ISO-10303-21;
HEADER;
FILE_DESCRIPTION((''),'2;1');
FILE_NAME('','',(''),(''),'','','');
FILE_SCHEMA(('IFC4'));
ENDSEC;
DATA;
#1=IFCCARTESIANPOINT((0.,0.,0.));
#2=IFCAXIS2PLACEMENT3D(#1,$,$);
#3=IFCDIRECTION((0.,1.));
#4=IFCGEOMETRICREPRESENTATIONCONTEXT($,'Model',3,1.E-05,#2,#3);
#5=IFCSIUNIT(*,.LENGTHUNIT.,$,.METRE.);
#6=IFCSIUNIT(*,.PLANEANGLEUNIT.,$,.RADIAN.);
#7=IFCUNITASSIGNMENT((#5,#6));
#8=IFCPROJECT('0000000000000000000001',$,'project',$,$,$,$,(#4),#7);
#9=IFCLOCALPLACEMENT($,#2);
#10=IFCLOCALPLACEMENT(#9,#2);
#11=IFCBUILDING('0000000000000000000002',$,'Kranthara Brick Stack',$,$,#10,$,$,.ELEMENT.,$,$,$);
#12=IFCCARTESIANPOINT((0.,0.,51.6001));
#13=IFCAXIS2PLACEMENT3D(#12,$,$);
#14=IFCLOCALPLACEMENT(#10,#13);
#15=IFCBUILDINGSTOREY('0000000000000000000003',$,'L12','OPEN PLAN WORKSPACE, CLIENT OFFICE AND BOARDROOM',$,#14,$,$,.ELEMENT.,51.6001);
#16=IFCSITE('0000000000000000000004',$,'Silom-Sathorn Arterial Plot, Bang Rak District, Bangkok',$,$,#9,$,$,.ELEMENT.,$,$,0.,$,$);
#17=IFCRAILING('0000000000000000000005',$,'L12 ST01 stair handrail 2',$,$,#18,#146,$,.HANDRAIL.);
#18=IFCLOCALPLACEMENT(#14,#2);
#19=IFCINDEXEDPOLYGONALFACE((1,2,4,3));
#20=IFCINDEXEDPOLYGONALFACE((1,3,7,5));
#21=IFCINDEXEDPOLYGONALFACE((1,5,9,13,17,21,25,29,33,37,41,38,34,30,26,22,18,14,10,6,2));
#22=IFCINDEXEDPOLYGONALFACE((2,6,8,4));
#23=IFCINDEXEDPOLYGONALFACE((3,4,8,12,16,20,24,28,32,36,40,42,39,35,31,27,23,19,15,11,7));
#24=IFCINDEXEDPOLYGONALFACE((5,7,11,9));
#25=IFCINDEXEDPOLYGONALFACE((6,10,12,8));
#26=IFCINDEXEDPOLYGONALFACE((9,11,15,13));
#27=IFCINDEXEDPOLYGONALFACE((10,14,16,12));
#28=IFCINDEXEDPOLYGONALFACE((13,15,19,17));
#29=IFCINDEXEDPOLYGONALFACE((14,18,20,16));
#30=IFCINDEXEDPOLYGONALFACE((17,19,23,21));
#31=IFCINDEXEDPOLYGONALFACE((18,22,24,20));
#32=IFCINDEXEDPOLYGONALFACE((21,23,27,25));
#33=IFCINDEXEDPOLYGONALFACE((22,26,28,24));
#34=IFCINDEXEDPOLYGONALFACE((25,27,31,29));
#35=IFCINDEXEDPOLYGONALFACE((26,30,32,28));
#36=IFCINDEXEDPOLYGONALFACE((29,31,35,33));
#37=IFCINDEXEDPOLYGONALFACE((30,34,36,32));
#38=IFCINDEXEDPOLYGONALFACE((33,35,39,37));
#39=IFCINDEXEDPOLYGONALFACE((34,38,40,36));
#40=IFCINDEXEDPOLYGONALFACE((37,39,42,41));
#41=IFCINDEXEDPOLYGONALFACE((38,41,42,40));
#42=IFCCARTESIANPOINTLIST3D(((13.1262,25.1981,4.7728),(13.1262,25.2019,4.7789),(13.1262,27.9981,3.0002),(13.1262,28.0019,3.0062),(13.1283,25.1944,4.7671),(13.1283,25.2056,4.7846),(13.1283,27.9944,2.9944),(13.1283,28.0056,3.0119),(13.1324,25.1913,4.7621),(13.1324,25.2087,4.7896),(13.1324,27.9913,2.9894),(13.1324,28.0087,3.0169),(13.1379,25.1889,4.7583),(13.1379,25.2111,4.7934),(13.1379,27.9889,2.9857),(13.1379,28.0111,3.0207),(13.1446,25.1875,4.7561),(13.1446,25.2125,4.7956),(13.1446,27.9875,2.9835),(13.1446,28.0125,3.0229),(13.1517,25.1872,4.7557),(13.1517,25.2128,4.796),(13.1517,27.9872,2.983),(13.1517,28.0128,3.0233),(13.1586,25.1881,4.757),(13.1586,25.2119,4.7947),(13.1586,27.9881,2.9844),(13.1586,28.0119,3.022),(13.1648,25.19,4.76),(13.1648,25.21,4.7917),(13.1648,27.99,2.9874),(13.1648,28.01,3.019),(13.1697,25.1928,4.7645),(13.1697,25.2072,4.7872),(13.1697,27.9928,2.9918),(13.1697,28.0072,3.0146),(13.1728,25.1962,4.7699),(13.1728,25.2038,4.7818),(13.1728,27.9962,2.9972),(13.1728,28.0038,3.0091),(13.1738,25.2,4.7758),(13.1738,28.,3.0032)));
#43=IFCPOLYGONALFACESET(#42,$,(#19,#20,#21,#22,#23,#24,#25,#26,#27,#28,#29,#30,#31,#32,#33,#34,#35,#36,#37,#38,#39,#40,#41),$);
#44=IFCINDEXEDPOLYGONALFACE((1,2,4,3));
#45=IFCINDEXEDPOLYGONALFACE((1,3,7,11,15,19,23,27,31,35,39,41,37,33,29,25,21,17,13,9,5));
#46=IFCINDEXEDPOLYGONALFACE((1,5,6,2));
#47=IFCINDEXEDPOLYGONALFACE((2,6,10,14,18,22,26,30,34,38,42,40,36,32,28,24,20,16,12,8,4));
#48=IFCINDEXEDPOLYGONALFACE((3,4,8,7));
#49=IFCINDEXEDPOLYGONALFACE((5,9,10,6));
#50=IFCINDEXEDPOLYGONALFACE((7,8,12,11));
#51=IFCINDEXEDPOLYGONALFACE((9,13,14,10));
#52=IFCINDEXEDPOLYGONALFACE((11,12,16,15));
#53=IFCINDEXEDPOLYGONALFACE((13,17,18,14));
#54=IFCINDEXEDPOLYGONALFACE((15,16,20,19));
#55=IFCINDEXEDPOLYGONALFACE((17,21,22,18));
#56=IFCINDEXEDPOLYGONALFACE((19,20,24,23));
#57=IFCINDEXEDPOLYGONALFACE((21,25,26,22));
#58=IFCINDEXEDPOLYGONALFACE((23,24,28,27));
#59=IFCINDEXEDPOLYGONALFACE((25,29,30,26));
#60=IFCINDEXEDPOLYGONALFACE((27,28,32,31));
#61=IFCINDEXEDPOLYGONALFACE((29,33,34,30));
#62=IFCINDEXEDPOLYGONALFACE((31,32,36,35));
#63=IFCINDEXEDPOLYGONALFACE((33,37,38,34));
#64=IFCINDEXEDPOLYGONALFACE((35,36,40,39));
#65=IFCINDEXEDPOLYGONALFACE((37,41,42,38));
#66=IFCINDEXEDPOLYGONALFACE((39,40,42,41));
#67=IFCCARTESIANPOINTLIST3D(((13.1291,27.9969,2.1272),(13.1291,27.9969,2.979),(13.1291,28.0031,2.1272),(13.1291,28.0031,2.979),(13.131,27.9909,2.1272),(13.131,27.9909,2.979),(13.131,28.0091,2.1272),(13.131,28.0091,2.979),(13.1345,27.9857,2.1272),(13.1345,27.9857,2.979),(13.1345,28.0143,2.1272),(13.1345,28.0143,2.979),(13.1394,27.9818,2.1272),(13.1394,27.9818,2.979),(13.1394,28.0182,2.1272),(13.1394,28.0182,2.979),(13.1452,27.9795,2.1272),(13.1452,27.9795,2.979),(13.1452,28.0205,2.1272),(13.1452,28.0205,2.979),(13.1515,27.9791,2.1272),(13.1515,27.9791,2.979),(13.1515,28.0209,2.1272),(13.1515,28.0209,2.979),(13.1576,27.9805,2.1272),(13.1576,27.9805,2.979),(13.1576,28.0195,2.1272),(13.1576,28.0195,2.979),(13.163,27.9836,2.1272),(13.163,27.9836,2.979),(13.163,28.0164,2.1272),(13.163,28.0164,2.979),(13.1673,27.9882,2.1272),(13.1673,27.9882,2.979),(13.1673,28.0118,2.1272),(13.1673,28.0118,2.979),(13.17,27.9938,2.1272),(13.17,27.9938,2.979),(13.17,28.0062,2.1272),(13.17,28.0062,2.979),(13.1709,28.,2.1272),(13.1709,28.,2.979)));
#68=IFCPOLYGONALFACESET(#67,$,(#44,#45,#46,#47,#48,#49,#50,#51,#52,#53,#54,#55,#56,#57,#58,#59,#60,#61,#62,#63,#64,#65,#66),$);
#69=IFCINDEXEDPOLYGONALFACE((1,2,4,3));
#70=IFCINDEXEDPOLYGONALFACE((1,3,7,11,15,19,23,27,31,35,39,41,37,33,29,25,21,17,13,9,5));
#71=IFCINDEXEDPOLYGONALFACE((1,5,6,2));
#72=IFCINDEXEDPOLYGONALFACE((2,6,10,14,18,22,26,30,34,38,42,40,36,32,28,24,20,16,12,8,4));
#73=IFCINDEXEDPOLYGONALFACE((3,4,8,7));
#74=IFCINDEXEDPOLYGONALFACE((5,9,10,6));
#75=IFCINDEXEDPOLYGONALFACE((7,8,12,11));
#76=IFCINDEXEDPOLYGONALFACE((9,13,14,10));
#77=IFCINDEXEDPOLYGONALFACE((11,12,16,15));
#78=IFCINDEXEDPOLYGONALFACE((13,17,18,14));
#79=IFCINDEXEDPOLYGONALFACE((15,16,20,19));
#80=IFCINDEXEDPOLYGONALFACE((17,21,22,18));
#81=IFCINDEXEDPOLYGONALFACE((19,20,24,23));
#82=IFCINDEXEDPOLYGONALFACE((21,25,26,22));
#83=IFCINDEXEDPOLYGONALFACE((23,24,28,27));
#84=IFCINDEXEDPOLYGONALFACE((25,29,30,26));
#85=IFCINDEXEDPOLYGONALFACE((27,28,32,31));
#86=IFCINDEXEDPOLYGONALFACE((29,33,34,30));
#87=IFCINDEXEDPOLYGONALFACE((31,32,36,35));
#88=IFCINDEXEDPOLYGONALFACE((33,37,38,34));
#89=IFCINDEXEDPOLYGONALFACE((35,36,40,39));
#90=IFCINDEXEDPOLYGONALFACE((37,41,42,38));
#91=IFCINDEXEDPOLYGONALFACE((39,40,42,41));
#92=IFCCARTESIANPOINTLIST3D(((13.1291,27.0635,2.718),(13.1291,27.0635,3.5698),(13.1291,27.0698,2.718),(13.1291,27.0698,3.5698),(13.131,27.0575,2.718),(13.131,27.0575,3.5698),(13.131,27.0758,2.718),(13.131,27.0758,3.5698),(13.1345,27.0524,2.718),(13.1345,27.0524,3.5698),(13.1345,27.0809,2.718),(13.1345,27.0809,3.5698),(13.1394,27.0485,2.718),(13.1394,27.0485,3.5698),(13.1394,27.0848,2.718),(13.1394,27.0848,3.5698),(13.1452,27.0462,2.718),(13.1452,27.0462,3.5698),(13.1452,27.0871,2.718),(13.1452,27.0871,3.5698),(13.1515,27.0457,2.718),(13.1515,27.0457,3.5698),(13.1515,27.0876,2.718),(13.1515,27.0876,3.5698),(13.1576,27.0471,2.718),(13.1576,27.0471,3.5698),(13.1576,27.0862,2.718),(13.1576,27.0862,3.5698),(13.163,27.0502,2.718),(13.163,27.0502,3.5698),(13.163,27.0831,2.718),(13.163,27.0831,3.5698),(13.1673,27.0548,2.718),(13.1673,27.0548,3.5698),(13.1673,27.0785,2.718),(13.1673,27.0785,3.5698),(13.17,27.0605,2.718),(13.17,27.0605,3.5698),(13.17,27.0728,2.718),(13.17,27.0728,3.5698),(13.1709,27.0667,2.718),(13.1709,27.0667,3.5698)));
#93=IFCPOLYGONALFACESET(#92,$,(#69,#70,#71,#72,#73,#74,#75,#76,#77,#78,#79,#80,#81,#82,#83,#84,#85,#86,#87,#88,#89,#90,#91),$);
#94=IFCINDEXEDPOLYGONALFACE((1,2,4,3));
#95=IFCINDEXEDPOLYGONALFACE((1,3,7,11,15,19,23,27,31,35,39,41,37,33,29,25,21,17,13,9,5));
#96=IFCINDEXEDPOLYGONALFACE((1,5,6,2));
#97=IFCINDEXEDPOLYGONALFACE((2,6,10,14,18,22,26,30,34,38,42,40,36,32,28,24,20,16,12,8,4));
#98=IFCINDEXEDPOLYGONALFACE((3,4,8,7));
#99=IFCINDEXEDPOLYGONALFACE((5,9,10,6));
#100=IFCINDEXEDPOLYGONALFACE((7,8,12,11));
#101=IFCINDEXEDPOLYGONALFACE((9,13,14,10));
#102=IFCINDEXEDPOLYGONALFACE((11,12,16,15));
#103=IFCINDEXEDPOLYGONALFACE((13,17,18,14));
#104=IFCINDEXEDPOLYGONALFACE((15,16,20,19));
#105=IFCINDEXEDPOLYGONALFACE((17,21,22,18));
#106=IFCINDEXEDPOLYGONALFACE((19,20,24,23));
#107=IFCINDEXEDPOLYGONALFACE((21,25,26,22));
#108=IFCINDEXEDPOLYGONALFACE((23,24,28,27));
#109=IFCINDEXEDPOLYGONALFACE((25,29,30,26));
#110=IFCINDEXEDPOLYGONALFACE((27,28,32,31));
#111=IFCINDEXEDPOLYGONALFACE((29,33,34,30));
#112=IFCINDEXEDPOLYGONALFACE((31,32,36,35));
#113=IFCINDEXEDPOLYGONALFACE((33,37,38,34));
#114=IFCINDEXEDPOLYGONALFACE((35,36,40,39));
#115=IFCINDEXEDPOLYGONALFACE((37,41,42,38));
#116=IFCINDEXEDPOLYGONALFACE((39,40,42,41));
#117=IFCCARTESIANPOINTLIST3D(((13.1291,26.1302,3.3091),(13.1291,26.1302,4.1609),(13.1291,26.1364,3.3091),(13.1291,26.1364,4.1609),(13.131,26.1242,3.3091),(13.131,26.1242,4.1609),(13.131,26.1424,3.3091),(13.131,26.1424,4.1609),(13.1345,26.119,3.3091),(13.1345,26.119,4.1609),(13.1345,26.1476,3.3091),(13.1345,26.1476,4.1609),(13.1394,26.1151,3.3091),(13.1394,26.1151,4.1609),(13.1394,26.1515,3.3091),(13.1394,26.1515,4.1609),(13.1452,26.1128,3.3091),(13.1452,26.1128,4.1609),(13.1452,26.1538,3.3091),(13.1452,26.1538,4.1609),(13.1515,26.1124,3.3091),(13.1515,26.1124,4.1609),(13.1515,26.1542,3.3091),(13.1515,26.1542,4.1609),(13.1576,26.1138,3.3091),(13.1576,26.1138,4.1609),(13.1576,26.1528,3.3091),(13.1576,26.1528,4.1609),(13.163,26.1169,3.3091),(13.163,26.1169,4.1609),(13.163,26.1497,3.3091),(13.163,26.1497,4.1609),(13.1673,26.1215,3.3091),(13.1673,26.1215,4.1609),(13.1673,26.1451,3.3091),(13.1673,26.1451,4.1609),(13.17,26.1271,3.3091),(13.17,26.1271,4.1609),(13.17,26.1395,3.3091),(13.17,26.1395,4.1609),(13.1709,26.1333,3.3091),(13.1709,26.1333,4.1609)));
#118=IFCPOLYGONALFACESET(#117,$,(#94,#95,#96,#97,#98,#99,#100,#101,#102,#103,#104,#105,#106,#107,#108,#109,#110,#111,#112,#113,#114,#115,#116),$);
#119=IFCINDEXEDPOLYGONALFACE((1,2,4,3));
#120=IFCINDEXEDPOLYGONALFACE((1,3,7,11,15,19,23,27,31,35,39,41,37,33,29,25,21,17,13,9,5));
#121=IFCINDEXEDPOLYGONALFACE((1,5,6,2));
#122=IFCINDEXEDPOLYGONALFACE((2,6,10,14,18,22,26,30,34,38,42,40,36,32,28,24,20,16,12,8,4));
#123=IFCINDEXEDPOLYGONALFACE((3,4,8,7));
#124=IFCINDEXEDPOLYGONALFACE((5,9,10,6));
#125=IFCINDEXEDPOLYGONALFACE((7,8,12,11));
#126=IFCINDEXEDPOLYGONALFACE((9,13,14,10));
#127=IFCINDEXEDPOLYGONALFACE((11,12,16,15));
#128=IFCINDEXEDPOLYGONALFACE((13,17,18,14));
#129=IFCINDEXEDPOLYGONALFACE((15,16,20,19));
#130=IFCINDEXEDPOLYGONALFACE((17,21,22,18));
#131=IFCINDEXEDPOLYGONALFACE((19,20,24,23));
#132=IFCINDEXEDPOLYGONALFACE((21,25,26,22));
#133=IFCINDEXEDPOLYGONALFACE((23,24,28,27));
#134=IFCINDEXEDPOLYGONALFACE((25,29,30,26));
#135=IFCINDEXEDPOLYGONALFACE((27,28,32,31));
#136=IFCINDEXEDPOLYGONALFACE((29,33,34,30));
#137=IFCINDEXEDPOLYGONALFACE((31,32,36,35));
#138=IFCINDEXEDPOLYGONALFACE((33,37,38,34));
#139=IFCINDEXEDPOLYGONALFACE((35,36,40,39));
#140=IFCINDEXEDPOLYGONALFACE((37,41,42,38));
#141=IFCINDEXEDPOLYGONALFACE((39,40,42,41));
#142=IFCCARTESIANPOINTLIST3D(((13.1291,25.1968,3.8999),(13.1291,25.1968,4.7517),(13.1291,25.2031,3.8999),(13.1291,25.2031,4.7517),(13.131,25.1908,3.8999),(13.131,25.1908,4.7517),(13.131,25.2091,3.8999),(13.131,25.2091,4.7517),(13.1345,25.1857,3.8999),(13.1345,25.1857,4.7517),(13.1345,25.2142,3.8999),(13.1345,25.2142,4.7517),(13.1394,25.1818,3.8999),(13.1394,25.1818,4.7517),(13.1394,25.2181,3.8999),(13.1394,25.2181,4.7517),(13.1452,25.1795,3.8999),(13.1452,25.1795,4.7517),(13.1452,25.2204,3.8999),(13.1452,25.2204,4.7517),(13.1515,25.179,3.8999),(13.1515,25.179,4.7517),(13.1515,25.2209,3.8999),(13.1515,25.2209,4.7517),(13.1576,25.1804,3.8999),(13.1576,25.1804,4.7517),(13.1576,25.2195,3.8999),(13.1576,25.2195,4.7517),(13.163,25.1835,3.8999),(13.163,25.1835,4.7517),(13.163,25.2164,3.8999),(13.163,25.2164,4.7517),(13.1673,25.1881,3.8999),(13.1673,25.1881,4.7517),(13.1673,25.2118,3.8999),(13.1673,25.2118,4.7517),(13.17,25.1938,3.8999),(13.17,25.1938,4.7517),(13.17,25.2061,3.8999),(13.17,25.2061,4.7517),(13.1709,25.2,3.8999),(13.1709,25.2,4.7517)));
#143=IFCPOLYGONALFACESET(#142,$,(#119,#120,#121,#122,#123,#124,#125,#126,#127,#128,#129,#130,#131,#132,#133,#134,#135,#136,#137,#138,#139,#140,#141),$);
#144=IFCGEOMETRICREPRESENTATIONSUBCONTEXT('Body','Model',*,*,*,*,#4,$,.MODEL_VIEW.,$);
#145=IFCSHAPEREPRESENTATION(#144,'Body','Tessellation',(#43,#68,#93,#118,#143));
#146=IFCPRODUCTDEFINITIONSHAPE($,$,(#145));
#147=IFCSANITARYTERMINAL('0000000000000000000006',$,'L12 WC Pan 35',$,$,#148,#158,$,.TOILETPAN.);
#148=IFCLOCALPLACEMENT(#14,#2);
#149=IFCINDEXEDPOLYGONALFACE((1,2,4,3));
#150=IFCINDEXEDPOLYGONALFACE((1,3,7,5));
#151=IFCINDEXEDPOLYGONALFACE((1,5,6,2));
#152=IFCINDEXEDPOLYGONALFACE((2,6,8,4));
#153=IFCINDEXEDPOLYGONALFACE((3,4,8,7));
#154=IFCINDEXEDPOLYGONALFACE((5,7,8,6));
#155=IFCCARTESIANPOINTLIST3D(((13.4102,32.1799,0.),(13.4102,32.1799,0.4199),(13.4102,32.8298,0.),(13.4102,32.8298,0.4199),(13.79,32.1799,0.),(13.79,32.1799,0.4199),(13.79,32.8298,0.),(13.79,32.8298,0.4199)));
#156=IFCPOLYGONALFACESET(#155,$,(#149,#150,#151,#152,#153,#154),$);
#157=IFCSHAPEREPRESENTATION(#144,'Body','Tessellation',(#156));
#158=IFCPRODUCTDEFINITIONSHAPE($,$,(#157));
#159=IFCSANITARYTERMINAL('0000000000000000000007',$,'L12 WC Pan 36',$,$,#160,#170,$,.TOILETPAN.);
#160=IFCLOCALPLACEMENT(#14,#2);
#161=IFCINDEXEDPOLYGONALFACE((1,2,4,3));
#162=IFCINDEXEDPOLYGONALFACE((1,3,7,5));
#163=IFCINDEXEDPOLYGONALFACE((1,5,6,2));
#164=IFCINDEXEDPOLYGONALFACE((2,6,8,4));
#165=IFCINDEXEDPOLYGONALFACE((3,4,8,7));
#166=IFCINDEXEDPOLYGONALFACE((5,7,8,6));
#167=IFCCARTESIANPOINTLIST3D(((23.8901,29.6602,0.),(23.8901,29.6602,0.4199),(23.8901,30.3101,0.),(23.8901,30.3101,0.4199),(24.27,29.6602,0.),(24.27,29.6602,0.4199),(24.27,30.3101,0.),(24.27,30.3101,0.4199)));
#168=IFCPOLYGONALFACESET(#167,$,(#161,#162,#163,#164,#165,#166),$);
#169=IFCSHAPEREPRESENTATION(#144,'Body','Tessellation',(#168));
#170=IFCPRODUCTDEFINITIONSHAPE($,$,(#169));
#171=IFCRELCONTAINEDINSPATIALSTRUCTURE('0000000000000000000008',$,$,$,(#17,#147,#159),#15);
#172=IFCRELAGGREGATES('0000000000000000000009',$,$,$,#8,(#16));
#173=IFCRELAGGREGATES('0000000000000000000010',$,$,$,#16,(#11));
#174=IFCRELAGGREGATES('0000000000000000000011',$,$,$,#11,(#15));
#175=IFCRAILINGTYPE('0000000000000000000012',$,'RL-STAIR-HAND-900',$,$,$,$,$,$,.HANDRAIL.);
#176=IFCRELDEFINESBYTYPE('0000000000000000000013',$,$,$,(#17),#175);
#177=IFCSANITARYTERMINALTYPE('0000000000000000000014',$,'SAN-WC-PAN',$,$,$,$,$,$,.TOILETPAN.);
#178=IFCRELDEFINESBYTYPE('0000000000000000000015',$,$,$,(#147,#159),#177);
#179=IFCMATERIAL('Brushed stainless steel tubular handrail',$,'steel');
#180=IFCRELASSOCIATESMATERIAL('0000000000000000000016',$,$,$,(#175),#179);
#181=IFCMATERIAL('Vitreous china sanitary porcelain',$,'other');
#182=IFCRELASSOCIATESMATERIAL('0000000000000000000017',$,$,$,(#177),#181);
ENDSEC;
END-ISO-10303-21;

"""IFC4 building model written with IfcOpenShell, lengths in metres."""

from ifc_helpers import new_model, si_unit, direction, frame, origin, origin_2d, place, context, subcontext, project, spatial, rectangle, circle, extrude, material, type_object, element, save


model = new_model("IFC4")

# Units and contexts
model_context = context("Model", 3, precision=1e-05, world=origin(), true_north=direction((0.0, 1.0)))
body_context = subcontext(model_context, "Body", "Model", "MODEL_VIEW")
ifc_project = project(units=[si_unit("LENGTHUNIT", "METRE"), si_unit("PLANEANGLEUNIT", "RADIAN")], contexts=[model_context])

# Site, building, storey
site_placement = place(None, origin())
site = spatial("IfcSite", under=ifc_project, at=site_placement, Name="Silom-Sathorn Arterial Plot, Bang Rak District, Bangkok", CompositionType="ELEMENT", RefElevation=0.0)
building_placement = place(site_placement, origin())
building = spatial("IfcBuilding", under=site, at=building_placement, Name="Kranthara Brick Stack", CompositionType="ELEMENT")
storey_placement = place(building_placement, frame((0.0, 0.0, 51.6001)))
storey = spatial("IfcBuildingStorey", under=building, at=storey_placement, Name="L12", Description="OPEN PLAN WORKSPACE, CLIENT OFFICE AND BOARDROOM", CompositionType="ELEMENT", Elevation=51.6001)

# Railing
ifc_material_1 = material(Name="Brushed stainless steel tubular handrail", Category="steel")
railing_type_1 = type_object("IfcRailingType", Name="RL-STAIR-HAND-900", PredefinedType="HANDRAIL", material=ifc_material_1)
railing_1_placement = place(storey_placement, frame((13.1499, 28.0, 2.1272)))
element("IfcRailing", 1, at=railing_1_placement, inside=storey, type_object=railing_type_1, Name="L12 ST01 stair handrail 2", PredefinedType="HANDRAIL", context=body_context, shape_type="SweptSolid", body=[
    extrude(circle(Radius=0.0239, at=origin_2d()), frame((0.0, 0.0, 0.876), z_axis=(0.0, -0.844909, 0.53491), x_axis=(1.0, 0.0, 0.0)), (0.0, 0.0, 1.0), 3.314),
    extrude(circle(Radius=0.021, at=origin_2d()), origin(), (0.0, 0.0, 1.0), 0.8518),
    extrude(circle(Radius=0.021, at=origin_2d()), frame((0.0, -0.9333, 0.5908)), (0.0, 0.0, 1.0), 0.8518),
    extrude(circle(Radius=0.021, at=origin_2d()), frame((0.0, -1.8667, 1.1819)), (0.0, 0.0, 1.0), 0.8518),
    extrude(circle(Radius=0.021, at=origin_2d()), frame((0.0, -2.8, 1.7727)), (0.0, 0.0, 1.0), 0.8518),
])

# Sanitary terminals
ifc_material_2 = material(Name="Vitreous china sanitary porcelain", Category="other")
sanitary_terminal_type = type_object("IfcSanitaryTerminalType", Name="SAN-WC-PAN", PredefinedType="TOILETPAN", material=ifc_material_2)
for number, where, z_axis, x_axis, name in (
    (2, (13.6001, 32.5049, 0.0), (0.0, 0.0, 1.0), (1.0, 0.0, 0.0), "L12 WC Pan 35"),
    (3, (24.0801, 29.9851, 0.0), (0.0, 0.0, 1.0), (1.0, 0.0, 0.0), "L12 WC Pan 36"),
):
    element("IfcSanitaryTerminal", number, at=place(storey_placement, frame(where, z_axis=z_axis, x_axis=x_axis)), inside=storey, type_object=sanitary_terminal_type, Name=name, PredefinedType="TOILETPAN", context=body_context, shape_type="SweptSolid", body=[
        extrude(rectangle(XDim=0.3799, YDim=0.6499, at=origin_2d()), origin(), (0.0, 0.0, 1.0), 0.4199),
    ])

save(model, "model.ifc")
